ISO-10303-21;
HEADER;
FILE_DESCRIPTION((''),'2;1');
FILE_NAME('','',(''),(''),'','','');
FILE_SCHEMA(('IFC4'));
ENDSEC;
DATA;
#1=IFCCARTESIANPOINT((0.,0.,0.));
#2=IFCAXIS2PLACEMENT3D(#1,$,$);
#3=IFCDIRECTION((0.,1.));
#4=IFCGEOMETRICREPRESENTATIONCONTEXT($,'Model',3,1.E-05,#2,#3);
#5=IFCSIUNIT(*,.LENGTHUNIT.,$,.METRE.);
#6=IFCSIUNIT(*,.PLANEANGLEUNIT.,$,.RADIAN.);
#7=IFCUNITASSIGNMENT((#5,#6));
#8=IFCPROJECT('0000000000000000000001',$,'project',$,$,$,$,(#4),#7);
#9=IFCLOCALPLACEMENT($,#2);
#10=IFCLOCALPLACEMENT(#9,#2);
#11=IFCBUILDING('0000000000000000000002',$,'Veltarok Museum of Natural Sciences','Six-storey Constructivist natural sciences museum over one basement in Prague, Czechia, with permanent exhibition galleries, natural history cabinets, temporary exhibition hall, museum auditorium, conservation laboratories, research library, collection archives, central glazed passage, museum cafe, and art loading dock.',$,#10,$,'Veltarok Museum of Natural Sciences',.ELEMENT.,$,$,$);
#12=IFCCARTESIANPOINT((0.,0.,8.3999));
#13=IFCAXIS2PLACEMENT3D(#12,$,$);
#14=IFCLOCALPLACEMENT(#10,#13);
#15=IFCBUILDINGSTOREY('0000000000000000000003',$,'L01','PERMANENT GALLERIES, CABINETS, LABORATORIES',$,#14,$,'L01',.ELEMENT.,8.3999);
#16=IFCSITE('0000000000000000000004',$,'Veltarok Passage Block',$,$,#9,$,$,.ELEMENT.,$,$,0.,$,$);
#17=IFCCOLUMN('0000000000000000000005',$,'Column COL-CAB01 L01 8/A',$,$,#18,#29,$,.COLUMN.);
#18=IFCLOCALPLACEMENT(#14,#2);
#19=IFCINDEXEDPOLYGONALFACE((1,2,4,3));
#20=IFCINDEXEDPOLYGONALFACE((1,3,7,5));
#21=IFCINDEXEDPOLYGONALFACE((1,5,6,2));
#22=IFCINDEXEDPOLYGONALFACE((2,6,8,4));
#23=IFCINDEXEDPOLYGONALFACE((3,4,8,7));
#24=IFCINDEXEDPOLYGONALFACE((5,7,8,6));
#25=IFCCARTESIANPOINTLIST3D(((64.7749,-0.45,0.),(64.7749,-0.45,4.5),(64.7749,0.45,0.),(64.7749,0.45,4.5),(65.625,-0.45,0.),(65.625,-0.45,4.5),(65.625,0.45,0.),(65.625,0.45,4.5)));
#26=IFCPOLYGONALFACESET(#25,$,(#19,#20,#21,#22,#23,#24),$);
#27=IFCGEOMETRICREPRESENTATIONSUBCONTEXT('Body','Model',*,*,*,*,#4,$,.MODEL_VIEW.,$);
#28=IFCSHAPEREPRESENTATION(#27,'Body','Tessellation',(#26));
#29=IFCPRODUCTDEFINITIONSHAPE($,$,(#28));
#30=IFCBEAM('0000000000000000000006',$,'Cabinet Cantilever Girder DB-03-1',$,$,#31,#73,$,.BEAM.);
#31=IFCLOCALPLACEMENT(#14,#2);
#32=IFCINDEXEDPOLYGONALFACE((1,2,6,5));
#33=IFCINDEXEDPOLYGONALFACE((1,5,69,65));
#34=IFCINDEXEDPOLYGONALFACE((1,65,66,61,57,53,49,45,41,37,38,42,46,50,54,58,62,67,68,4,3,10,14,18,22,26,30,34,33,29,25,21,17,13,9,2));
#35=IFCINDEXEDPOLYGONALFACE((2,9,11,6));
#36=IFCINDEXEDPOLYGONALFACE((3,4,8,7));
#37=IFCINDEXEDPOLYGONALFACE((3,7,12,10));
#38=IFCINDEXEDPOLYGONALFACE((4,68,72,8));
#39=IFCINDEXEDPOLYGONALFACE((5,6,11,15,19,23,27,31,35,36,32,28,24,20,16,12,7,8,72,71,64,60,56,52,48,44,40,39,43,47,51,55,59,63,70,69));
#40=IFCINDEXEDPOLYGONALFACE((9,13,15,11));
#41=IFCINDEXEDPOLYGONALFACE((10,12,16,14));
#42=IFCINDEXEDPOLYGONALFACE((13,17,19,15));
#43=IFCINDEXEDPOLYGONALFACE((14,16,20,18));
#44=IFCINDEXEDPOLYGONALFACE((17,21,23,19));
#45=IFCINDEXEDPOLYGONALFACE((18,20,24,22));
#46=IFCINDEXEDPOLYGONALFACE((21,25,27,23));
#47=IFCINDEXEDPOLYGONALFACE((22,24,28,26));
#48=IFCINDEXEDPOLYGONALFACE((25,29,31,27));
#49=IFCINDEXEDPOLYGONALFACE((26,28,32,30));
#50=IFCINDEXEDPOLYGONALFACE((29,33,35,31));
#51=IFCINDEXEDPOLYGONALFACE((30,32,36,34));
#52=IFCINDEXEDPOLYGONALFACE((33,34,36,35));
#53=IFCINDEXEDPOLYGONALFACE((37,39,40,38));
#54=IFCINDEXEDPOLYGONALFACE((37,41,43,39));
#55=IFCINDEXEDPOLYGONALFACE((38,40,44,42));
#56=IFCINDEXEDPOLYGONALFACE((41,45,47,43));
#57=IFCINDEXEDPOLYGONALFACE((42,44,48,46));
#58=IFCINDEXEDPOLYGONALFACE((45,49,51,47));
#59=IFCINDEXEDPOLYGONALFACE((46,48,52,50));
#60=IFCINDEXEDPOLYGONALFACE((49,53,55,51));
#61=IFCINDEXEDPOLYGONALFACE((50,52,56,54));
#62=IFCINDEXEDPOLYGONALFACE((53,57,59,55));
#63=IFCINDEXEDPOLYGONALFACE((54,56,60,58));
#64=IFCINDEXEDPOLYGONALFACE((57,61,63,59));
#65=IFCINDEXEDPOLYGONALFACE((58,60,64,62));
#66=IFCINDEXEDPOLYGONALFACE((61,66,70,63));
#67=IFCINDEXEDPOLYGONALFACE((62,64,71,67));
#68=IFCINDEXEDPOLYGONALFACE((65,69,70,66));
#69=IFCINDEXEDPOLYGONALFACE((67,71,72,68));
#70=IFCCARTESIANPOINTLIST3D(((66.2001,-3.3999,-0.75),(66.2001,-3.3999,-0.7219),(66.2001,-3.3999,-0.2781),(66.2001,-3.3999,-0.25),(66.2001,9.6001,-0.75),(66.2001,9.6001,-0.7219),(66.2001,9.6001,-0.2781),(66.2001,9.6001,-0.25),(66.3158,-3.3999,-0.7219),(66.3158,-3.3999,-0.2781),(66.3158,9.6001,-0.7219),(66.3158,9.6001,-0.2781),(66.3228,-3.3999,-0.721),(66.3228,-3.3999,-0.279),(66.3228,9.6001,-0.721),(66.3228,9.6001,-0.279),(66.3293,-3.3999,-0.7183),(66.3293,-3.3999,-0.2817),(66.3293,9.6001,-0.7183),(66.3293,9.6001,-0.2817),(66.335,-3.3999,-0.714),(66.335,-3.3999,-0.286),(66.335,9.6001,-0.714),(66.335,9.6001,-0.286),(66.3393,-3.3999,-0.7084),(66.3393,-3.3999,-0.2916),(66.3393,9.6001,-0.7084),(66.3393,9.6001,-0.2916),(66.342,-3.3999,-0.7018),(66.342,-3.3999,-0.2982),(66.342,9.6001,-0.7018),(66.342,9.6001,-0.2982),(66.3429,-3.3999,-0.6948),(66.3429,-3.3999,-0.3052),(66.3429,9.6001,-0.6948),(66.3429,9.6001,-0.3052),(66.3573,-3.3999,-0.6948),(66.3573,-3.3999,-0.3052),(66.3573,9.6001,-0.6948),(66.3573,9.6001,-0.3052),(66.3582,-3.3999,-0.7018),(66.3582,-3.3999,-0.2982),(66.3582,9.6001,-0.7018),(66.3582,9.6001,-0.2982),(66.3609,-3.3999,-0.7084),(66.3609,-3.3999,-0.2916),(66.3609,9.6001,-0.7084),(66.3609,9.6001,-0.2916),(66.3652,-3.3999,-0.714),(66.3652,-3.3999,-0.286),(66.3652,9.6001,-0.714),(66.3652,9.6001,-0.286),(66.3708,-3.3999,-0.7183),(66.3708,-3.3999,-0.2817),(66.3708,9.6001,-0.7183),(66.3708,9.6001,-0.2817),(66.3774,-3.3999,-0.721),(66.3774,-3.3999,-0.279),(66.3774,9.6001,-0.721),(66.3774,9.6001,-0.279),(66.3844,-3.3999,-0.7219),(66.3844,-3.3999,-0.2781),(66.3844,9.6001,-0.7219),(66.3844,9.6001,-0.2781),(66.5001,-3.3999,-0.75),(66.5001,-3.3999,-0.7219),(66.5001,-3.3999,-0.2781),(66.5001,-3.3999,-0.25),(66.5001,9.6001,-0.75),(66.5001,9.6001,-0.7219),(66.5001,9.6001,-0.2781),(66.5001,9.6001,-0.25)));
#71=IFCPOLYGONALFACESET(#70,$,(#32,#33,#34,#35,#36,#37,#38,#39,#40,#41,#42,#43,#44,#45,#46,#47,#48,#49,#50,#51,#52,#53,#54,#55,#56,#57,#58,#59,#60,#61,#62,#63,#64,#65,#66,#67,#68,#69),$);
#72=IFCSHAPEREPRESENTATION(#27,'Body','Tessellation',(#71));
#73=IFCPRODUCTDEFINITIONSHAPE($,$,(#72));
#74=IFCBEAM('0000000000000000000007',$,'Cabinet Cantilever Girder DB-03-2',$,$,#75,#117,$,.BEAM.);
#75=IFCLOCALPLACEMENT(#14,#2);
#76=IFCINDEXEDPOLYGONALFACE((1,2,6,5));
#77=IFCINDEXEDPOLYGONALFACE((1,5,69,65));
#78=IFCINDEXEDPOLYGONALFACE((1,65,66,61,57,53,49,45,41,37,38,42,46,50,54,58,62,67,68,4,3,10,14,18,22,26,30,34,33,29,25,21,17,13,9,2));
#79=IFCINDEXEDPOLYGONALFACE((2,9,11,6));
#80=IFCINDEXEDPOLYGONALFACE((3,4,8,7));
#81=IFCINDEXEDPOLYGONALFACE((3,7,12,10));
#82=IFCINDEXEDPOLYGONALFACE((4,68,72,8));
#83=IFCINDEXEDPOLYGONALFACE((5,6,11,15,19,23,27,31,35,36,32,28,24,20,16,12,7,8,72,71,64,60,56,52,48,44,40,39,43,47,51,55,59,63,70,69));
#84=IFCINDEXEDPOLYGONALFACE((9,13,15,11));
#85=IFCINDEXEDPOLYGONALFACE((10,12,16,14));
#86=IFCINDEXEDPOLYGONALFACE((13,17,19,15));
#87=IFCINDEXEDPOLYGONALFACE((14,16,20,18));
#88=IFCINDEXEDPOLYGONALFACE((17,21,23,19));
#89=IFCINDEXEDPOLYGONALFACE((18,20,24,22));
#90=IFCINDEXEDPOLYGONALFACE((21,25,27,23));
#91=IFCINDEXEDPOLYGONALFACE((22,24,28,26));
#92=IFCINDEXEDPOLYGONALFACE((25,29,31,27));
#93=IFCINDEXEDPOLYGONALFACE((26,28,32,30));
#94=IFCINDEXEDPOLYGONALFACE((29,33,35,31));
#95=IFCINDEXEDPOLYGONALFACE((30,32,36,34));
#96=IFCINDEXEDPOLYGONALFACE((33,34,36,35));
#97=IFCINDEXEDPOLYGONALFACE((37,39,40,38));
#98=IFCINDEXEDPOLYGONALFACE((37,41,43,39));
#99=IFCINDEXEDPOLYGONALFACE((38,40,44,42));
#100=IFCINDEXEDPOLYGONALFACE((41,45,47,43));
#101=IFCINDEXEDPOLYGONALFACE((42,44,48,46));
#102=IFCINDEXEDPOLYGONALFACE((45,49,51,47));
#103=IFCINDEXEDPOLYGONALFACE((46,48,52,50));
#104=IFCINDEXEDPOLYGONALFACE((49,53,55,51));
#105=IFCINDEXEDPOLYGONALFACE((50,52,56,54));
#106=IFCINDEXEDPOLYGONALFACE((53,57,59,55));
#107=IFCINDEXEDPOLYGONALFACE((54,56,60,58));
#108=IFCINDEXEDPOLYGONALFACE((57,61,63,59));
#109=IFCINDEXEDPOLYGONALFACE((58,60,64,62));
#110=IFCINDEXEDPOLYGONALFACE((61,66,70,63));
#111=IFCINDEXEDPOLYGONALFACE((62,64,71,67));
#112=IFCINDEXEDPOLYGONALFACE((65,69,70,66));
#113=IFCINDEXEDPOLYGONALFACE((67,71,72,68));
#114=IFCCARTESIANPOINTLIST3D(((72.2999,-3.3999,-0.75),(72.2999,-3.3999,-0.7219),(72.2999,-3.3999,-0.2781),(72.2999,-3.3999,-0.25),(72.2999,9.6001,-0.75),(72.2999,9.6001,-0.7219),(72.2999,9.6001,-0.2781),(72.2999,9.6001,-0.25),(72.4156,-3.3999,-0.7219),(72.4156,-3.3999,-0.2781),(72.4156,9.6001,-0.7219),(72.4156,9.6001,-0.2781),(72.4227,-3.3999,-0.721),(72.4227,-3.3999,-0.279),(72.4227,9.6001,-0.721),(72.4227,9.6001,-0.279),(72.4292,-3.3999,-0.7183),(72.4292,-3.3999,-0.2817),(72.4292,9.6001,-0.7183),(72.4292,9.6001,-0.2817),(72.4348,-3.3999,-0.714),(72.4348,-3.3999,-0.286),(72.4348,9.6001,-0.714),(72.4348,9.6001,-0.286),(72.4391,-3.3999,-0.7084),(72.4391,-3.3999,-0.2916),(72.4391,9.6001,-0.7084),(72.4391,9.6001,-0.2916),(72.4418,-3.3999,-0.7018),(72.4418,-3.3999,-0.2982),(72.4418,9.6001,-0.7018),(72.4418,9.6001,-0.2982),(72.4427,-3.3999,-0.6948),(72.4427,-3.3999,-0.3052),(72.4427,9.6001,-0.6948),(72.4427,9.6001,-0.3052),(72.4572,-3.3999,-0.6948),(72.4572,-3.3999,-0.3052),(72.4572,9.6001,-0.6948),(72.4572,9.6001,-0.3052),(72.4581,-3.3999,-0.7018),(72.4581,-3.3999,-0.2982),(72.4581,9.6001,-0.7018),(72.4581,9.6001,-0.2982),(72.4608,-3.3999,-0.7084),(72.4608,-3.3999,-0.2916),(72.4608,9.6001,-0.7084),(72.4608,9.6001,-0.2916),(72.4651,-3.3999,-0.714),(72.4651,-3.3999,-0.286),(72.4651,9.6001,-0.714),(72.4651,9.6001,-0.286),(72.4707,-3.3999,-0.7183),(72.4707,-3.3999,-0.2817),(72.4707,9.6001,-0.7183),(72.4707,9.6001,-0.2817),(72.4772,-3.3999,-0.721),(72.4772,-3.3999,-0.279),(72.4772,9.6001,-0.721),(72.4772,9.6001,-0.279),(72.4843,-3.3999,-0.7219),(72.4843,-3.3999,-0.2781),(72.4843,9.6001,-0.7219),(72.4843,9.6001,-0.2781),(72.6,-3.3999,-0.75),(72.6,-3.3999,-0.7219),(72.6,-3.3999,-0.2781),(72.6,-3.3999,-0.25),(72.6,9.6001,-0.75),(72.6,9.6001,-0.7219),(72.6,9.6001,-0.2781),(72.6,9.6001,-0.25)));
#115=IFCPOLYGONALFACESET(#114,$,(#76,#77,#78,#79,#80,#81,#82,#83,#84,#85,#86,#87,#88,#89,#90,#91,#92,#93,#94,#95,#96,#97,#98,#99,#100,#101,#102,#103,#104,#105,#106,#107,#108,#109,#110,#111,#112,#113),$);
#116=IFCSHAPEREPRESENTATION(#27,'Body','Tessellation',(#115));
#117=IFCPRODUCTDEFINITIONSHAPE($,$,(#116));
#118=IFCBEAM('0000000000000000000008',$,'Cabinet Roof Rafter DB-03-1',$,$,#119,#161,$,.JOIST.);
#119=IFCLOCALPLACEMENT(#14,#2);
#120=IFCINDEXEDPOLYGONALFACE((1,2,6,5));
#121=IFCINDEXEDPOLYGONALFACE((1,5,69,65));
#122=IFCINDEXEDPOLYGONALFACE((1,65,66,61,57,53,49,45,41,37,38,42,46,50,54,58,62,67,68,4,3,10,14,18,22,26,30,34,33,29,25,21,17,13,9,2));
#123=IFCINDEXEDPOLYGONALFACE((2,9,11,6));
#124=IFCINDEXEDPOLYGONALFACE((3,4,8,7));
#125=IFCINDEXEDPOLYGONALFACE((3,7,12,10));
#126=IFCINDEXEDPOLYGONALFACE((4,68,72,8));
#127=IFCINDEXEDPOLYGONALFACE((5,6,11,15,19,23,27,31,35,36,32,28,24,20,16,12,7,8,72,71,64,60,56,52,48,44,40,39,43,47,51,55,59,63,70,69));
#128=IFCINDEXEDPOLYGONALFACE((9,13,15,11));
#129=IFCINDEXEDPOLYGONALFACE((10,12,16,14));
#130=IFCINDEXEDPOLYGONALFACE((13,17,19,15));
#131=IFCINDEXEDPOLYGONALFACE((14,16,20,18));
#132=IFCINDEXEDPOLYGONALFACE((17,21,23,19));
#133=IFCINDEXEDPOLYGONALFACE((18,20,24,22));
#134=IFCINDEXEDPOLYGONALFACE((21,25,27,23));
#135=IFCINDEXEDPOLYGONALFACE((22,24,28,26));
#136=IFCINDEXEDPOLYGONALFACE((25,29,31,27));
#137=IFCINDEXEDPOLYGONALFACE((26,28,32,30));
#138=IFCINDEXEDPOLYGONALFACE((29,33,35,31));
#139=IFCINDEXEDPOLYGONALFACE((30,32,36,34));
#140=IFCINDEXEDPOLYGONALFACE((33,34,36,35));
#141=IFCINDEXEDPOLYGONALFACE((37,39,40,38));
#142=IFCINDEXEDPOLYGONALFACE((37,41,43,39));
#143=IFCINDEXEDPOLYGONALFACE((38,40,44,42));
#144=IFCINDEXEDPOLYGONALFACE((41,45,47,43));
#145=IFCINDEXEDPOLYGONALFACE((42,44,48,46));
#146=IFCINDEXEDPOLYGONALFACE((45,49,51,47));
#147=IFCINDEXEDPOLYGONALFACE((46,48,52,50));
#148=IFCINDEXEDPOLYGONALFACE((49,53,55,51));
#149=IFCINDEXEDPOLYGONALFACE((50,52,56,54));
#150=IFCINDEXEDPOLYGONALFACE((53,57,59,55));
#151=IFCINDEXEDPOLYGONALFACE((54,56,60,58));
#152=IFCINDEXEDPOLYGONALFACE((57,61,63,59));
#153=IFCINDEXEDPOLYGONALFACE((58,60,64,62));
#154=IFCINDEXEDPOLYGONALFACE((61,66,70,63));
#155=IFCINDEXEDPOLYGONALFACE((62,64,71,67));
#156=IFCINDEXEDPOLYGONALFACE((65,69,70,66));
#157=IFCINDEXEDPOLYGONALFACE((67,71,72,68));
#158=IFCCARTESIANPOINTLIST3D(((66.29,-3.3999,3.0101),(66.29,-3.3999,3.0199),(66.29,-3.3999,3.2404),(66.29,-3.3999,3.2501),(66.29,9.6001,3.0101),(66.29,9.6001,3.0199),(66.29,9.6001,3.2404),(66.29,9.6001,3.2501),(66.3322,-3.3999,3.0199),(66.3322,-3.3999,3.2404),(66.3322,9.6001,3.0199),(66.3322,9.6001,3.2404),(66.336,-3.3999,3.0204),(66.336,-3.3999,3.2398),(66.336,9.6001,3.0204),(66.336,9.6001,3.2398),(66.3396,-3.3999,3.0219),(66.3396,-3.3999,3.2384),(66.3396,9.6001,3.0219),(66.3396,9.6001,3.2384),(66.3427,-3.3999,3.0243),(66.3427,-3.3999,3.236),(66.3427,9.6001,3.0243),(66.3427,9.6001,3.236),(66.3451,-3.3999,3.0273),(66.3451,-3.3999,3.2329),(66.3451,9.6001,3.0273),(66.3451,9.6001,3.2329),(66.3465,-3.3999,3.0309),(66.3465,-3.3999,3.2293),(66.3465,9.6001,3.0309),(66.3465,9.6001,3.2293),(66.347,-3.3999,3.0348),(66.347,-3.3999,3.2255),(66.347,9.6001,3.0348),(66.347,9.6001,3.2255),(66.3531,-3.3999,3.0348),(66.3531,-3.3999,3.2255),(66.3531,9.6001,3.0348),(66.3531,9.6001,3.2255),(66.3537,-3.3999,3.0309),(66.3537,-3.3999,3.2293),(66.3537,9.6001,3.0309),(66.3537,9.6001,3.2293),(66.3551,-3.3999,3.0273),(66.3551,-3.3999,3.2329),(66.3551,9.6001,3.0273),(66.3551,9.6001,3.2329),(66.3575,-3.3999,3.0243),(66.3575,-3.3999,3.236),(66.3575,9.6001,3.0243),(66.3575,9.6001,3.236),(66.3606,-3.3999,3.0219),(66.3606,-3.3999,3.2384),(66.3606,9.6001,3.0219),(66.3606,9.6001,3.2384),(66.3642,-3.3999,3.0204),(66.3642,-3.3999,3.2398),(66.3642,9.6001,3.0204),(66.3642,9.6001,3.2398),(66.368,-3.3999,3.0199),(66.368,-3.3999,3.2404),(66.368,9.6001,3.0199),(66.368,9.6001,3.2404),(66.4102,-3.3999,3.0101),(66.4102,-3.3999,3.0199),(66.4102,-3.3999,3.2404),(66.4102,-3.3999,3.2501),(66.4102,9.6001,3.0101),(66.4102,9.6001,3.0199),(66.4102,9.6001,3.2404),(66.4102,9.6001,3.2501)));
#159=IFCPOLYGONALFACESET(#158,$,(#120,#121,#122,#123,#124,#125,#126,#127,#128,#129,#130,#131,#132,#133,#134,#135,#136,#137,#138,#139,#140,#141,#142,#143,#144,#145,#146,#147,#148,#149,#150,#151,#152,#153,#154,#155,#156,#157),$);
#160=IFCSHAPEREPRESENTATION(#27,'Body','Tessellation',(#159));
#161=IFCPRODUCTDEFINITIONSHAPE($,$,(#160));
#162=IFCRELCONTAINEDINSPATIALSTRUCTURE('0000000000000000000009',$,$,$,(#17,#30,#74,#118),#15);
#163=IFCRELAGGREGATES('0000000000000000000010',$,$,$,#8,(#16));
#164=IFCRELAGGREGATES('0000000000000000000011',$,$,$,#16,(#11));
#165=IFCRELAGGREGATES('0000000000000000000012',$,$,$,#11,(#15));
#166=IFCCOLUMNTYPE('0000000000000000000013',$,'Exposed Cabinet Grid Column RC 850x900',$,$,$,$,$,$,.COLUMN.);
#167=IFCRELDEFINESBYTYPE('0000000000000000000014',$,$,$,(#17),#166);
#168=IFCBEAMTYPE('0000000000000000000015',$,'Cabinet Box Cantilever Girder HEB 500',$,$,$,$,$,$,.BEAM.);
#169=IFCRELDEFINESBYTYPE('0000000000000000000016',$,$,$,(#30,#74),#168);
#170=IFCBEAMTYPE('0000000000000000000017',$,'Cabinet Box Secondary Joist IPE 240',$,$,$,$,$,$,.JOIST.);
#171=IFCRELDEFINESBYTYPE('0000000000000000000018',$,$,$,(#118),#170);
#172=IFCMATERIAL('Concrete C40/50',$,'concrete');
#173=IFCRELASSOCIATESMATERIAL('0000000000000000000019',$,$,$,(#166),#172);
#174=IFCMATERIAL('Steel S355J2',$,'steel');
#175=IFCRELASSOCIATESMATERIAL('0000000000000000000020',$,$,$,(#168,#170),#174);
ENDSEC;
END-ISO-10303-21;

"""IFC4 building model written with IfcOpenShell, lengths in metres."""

from ifc_helpers import new_model, si_unit, direction, frame, origin, origin_2d, place, context, subcontext, project, spatial, rectangle, i_section, extrude, material, material_profile, profile_set, type_object, element, save


model = new_model("IFC4")

# Units and contexts
model_context = context("Model", 3, precision=1e-05, world=origin(), true_north=direction((0.0, 1.0)))
body_context = subcontext(model_context, "Body", "Model", "MODEL_VIEW")
ifc_project = project(units=[si_unit("LENGTHUNIT", "METRE"), si_unit("PLANEANGLEUNIT", "RADIAN")], contexts=[model_context])

# Site, building, storey
site_placement = place(None, origin())
site = spatial("IfcSite", under=ifc_project, at=site_placement, Name="Veltarok Passage Block", CompositionType="ELEMENT", RefElevation=0.0)
building_placement = place(site_placement, origin())
building = spatial("IfcBuilding", under=site, at=building_placement, Name="Veltarok Museum of Natural Sciences", Description="Six-storey Constructivist natural sciences museum over one basement in Prague, Czechia, with permanent exhibition galleries, natural history cabinets, temporary exhibition hall, museum auditorium, conservation laboratories, research library, collection archives, central glazed passage, museum cafe, and art loading dock.", LongName="Veltarok Museum of Natural Sciences", CompositionType="ELEMENT")
storey_placement = place(building_placement, frame((0.0, 0.0, 8.3999)))
storey = spatial("IfcBuildingStorey", under=building, at=storey_placement, Name="L01", Description="PERMANENT GALLERIES, CABINETS, LABORATORIES", LongName="L01", CompositionType="ELEMENT", Elevation=8.3999)

# Column
ifc_material_1 = material(Name="Concrete C40/50", Category="concrete")
ifc_material_profile_1 = material_profile(ifc_material_1, rectangle(XDim=0.8501, YDim=0.8999, at=origin_2d()), Name="RC 850x900")
ifc_profile_set_1 = profile_set([ifc_material_profile_1], Name="Concrete C40/50")
column_type = type_object("IfcColumnType", Name="Exposed Cabinet Grid Column RC 850x900", PredefinedType="COLUMN", material=ifc_profile_set_1)
column_placement = place(storey_placement, frame((65.2, 0.0, 0.0), z_axis=(0.0, 0.0, 1.0), x_axis=(1.0, 0.0, 0.0)))
element("IfcColumn", 1, at=column_placement, inside=storey, type_object=column_type, Name="Column COL-CAB01 L01 8/A", PredefinedType="COLUMN", context=body_context, shape_type="SweptSolid", body=[
    extrude(rectangle(XDim=0.8501, YDim=0.8999, at=origin_2d()), origin(), (0.0, 0.0, 1.0), 4.5),
])

# Beams
ifc_material_2 = material(Name="Steel S355J2", Category="steel")
ifc_material_profile_2 = material_profile(ifc_material_2, i_section(OverallWidth=0.3, OverallDepth=0.5, WebThickness=0.0144, FlangeThickness=0.0281, FilletRadius=0.0271, at=origin_2d()), Name="HEB 500")
ifc_profile_set_2 = profile_set([ifc_material_profile_2], Name="Steel S355J2")
beam_type_1 = type_object("IfcBeamType", Name="Cabinet Box Cantilever Girder HEB 500", PredefinedType="BEAM", material=ifc_profile_set_2)
for number, where, z_axis, x_axis, name in (
    (2, (66.3501, -3.3999, -0.5), (0.0, 1.0, 0.0), (-1.0, 0.0, 0.0), "Cabinet Cantilever Girder DB-03-1"),
    (3, (72.45, -3.3999, -0.5), (0.0, 1.0, 0.0), (-1.0, 0.0, 0.0), "Cabinet Cantilever Girder DB-03-2"),
):
    element("IfcBeam", number, at=place(storey_placement, frame(where, z_axis=z_axis, x_axis=x_axis)), inside=storey, type_object=beam_type_1, Name=name, PredefinedType="BEAM", context=body_context, shape_type="SweptSolid", body=[
        extrude(i_section(OverallWidth=0.3, OverallDepth=0.5, WebThickness=0.0144, FlangeThickness=0.0281, FilletRadius=0.0271, at=origin_2d()), origin(), (0.0, 0.0, 1.0), 13.0),
    ])
ifc_material_profile_3 = material_profile(ifc_material_2, i_section(OverallWidth=0.1201, OverallDepth=0.24, WebThickness=0.0061, FlangeThickness=0.0098, FilletRadius=0.0149, at=origin_2d()), Name="IPE 240")
ifc_profile_set_3 = profile_set([ifc_material_profile_3], Name="Steel S355J2")
beam_type_2 = type_object("IfcBeamType", Name="Cabinet Box Secondary Joist IPE 240", PredefinedType="JOIST", material=ifc_profile_set_3)
for number, where, z_axis, x_axis, name in (
    (4, (66.3501, -3.3999, 3.1301), (0.0, 1.0, 0.0), (-1.0, 0.0, 0.0), "Cabinet Roof Rafter DB-03-1"),
):
    element("IfcBeam", number, at=place(storey_placement, frame(where, z_axis=z_axis, x_axis=x_axis)), inside=storey, type_object=beam_type_2, Name=name, PredefinedType="JOIST", context=body_context, shape_type="SweptSolid", body=[
        extrude(i_section(OverallWidth=0.1201, OverallDepth=0.24, WebThickness=0.0061, FlangeThickness=0.0098, FilletRadius=0.0149, at=origin_2d()), origin(), (0.0, 0.0, 1.0), 13.0),
    ])

save(model, "model.ifc")
